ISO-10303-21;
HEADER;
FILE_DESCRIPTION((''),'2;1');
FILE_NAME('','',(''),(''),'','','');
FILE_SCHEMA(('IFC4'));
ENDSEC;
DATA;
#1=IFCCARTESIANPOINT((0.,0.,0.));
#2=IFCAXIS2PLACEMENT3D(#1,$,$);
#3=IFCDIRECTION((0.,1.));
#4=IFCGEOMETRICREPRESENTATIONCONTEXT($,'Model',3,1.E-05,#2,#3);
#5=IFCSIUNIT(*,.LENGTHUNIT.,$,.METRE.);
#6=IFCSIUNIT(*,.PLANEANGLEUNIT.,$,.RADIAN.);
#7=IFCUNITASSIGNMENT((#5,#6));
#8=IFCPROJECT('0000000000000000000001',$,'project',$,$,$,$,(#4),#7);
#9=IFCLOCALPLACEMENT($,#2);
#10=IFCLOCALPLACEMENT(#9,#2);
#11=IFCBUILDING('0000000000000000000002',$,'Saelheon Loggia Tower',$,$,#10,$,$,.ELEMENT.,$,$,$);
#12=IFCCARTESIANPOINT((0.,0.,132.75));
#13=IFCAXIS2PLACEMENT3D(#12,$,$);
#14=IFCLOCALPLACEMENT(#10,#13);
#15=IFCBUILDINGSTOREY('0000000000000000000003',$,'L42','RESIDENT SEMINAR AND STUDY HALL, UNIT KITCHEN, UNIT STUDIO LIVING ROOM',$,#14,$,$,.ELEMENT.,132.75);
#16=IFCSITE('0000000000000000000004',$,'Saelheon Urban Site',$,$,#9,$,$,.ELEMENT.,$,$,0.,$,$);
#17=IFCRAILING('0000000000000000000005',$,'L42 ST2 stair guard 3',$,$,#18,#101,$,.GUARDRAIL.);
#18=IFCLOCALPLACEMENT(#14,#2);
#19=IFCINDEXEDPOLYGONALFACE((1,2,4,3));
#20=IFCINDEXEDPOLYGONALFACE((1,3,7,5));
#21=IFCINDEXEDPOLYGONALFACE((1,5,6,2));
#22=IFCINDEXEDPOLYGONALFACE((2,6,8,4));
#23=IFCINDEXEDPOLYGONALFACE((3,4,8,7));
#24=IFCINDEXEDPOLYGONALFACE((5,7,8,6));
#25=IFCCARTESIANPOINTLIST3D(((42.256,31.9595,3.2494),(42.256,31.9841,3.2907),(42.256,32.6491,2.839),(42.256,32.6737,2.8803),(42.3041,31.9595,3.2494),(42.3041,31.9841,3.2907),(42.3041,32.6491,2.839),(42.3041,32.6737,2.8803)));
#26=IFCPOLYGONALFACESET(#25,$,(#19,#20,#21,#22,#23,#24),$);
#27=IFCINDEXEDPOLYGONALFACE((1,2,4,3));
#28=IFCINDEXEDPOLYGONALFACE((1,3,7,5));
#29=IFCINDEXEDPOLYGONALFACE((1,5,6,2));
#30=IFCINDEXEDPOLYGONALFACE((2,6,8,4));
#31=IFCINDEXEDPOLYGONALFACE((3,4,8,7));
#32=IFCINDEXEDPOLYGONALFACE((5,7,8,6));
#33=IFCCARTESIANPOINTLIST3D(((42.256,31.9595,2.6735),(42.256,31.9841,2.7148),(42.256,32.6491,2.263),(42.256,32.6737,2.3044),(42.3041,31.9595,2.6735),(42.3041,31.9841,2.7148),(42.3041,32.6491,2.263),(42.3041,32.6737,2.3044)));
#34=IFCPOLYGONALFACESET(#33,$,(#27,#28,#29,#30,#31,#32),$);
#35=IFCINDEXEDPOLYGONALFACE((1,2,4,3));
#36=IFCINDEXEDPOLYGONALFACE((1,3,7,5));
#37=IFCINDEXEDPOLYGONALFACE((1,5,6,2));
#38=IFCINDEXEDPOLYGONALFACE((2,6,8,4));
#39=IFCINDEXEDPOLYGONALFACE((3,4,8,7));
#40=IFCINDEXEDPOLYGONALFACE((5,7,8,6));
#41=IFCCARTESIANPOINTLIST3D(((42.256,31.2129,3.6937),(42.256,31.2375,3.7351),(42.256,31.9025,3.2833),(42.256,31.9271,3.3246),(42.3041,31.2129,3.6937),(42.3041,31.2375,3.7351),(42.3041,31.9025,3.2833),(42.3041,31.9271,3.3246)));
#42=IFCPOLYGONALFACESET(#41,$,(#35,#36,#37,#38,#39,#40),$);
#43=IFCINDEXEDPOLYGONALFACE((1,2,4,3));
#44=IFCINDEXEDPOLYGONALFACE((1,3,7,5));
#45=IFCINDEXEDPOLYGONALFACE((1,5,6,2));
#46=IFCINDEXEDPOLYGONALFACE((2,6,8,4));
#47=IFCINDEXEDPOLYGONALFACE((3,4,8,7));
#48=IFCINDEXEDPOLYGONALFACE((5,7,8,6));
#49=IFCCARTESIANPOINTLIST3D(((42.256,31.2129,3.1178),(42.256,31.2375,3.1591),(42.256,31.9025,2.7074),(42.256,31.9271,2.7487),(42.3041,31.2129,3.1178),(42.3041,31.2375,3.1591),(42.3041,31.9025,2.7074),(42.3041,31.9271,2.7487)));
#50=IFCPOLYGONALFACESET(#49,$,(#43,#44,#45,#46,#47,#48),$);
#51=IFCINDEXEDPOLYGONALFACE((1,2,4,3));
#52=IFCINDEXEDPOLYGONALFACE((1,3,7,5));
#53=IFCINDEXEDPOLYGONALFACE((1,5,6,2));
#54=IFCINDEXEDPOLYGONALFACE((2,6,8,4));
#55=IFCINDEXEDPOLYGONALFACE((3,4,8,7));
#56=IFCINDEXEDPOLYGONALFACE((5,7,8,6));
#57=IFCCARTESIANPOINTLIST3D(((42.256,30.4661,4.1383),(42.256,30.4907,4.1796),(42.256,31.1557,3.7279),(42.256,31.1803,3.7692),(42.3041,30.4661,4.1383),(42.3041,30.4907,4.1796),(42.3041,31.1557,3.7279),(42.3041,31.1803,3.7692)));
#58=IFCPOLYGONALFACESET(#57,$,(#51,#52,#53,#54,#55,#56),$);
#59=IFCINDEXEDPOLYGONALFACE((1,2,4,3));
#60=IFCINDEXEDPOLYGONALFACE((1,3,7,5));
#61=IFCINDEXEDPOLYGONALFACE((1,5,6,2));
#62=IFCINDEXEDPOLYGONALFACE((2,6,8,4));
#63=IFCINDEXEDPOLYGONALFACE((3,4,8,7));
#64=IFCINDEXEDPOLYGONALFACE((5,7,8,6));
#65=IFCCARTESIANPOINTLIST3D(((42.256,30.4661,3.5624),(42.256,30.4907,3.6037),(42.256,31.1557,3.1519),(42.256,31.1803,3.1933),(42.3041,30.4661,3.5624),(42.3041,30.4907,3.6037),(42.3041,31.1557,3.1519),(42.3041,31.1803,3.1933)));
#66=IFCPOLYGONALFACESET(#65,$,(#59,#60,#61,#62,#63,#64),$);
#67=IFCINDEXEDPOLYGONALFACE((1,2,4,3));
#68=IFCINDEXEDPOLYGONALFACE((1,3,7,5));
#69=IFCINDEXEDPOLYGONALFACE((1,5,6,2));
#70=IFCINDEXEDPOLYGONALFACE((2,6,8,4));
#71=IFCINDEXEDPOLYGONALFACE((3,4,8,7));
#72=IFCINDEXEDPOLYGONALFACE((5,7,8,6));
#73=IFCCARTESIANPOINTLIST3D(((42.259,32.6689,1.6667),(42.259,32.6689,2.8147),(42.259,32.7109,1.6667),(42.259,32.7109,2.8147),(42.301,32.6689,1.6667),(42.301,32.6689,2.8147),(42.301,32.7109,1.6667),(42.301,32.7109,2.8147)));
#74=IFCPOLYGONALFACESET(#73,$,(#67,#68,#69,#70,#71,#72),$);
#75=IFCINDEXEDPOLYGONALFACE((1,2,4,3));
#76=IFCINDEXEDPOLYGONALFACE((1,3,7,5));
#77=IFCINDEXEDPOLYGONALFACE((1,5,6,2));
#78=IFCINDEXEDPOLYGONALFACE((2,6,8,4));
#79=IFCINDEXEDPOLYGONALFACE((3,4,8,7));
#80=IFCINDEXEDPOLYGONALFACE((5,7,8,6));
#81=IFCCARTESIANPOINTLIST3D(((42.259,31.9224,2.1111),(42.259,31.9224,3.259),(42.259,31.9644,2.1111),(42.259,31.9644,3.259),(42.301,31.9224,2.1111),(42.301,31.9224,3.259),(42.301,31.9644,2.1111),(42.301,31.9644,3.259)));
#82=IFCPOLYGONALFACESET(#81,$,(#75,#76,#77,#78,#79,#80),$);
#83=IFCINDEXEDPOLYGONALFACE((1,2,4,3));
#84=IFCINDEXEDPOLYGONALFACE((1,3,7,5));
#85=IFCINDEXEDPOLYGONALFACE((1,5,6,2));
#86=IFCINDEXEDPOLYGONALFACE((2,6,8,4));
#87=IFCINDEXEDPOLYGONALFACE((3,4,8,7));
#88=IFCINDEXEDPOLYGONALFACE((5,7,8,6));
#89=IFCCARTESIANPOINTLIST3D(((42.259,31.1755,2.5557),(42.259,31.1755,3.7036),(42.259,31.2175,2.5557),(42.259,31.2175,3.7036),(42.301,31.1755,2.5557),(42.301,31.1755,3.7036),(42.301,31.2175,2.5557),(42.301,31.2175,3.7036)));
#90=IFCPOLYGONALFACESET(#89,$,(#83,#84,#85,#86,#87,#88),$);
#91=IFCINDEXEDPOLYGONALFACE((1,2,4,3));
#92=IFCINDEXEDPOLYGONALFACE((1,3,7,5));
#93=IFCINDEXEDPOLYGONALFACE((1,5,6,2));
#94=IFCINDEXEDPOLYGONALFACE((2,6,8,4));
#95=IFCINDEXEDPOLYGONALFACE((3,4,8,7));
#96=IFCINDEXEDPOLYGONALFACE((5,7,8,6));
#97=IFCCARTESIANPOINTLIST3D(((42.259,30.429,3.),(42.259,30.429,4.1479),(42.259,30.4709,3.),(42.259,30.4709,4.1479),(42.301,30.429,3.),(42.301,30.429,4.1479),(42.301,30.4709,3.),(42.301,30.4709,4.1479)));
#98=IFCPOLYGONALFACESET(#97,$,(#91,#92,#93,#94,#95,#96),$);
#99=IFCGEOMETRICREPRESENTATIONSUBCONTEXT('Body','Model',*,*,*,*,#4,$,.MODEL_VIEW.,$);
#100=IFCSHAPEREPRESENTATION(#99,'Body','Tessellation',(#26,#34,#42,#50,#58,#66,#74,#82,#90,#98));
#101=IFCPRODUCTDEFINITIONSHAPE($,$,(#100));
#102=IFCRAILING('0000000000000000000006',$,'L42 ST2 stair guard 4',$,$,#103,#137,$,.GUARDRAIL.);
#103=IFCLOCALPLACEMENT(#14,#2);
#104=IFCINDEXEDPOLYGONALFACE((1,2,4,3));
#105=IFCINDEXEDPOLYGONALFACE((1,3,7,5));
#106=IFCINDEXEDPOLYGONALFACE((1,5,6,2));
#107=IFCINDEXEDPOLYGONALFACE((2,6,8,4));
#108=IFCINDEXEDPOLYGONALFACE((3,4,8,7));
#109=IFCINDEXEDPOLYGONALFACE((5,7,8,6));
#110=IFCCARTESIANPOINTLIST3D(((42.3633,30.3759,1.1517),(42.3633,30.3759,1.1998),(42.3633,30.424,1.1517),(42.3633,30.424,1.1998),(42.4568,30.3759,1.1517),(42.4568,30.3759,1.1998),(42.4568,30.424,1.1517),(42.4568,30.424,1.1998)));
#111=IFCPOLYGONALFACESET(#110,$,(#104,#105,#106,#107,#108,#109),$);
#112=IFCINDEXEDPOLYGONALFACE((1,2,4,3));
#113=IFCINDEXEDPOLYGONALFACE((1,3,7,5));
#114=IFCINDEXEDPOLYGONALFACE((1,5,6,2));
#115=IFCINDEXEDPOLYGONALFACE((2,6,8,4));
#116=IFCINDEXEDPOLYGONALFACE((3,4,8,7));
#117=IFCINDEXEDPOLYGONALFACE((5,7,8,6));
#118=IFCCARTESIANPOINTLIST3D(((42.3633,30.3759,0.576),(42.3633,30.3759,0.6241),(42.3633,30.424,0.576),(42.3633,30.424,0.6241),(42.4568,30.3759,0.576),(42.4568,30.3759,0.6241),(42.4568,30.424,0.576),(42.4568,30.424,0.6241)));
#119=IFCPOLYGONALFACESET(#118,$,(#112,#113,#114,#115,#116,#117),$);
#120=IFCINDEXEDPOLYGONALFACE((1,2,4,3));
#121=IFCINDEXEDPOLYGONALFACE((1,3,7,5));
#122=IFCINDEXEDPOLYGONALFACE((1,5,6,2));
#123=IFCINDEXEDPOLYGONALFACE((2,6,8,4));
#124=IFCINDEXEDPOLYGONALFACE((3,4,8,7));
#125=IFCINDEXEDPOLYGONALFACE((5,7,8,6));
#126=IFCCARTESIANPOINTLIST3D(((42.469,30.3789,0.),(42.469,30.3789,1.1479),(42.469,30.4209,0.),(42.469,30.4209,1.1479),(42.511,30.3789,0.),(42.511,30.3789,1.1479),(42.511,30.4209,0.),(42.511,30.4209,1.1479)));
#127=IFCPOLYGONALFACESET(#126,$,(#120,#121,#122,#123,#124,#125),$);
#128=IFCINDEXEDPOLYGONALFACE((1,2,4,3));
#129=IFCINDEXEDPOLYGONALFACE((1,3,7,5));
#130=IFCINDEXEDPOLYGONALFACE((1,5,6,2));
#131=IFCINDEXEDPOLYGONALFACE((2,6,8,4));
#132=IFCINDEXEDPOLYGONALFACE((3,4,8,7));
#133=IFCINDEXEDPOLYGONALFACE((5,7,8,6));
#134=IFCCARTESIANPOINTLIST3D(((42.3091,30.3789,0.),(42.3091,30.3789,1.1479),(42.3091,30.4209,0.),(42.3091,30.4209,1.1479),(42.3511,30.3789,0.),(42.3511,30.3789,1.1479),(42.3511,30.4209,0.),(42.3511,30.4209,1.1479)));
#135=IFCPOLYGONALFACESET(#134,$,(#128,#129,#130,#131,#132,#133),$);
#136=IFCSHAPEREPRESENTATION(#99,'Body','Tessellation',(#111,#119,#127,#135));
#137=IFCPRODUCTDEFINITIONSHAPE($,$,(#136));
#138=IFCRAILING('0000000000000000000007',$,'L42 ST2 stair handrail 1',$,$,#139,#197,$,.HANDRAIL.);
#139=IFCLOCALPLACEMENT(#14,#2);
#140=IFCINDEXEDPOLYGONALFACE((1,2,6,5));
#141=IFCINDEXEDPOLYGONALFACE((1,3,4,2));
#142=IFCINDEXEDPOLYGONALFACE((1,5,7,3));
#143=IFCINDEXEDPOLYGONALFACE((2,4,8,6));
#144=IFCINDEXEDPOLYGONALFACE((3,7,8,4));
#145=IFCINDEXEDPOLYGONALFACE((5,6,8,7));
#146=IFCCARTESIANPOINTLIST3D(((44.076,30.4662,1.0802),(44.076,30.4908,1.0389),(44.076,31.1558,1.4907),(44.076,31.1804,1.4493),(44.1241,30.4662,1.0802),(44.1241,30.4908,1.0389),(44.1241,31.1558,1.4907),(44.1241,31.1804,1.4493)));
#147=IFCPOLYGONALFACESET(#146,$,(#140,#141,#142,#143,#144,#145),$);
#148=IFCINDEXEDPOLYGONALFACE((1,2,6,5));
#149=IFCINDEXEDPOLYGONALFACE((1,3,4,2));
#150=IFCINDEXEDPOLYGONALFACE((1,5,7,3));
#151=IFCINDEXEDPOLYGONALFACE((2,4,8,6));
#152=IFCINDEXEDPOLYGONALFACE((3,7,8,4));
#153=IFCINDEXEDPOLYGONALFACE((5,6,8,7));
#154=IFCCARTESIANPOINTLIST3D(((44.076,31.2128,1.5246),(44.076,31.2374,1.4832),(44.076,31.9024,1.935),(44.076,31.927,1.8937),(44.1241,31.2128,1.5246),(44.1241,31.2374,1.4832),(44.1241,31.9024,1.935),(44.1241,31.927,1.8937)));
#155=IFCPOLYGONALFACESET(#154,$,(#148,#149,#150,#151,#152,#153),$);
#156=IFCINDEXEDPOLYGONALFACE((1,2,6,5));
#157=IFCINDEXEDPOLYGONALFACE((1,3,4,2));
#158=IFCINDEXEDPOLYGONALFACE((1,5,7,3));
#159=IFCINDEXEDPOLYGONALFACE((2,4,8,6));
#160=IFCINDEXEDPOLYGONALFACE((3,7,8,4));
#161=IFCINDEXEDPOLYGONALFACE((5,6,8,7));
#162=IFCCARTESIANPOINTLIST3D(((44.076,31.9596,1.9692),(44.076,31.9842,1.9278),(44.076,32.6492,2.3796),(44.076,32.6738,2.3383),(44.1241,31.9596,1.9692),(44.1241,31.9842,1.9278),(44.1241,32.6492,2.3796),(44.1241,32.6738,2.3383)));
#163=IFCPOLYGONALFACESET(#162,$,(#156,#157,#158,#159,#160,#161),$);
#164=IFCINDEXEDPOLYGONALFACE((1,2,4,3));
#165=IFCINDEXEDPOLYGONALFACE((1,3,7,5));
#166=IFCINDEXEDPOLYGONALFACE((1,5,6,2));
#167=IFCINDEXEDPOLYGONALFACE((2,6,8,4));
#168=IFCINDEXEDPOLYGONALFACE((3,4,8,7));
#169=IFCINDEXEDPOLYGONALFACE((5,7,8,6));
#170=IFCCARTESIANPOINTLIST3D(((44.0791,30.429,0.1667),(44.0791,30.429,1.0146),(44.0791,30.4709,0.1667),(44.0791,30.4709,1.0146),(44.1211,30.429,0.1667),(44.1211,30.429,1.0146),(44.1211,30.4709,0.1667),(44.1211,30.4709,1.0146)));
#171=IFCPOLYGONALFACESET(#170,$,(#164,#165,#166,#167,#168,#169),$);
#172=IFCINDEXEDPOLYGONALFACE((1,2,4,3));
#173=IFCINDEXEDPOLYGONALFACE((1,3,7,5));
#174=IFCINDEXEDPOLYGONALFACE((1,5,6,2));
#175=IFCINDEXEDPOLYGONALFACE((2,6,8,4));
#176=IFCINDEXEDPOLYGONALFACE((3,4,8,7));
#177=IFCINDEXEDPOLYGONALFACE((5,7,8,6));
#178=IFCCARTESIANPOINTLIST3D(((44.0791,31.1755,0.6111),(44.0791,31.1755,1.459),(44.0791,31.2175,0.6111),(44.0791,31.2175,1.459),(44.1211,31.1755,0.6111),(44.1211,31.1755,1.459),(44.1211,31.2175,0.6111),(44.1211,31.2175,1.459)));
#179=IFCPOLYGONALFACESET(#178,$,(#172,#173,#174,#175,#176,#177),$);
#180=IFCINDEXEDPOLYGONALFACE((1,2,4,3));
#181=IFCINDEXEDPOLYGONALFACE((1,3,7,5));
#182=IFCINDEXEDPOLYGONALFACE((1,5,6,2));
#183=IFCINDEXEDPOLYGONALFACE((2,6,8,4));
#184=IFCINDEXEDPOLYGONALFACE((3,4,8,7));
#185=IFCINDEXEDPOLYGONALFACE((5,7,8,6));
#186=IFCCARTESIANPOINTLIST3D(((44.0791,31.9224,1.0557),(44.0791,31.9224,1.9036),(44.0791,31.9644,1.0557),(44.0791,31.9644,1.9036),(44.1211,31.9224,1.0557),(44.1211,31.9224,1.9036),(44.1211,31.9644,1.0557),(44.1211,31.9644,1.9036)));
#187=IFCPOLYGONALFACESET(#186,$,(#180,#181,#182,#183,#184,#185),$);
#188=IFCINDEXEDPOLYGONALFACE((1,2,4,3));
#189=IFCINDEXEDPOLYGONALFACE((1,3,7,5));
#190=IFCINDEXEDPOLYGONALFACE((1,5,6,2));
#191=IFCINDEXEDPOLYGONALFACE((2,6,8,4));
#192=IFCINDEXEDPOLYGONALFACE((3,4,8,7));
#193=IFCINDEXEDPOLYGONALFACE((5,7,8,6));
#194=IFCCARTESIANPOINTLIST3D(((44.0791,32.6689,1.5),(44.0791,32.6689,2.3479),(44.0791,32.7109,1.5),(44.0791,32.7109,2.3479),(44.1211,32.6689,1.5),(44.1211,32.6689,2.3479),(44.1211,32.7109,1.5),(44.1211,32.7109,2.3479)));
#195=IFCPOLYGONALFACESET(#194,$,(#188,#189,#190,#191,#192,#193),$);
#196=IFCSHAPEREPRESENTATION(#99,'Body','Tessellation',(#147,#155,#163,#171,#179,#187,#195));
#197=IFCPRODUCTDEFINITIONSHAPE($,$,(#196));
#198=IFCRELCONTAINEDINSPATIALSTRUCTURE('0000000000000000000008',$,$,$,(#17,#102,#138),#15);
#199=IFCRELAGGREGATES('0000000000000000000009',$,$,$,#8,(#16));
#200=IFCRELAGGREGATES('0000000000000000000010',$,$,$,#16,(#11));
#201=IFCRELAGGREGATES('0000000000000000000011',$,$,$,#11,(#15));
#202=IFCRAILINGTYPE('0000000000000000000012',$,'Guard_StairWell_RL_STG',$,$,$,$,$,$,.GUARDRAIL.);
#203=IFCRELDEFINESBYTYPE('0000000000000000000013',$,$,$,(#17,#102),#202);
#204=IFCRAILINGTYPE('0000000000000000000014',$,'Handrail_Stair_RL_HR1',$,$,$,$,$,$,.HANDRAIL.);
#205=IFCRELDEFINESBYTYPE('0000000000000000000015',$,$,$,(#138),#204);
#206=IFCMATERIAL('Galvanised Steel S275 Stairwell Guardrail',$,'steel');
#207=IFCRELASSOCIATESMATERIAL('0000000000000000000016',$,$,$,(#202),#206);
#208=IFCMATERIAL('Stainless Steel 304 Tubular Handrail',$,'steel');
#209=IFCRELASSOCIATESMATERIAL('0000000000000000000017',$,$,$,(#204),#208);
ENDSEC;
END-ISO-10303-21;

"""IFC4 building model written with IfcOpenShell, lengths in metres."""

from ifc_helpers import new_model, si_unit, direction, frame, origin, origin_2d, place, context, subcontext, project, spatial, rectangle, extrude, material, type_object, element, save


model = new_model("IFC4")

# Units and contexts
model_context = context("Model", 3, precision=1e-05, world=origin(), true_north=direction((0.0, 1.0)))
body_context = subcontext(model_context, "Body", "Model", "MODEL_VIEW")
ifc_project = project(units=[si_unit("LENGTHUNIT", "METRE"), si_unit("PLANEANGLEUNIT", "RADIAN")], contexts=[model_context])

# Site, building, storey
site_placement = place(None, origin())
site = spatial("IfcSite", under=ifc_project, at=site_placement, Name="Saelheon Urban Site", CompositionType="ELEMENT", RefElevation=0.0)
building_placement = place(site_placement, origin())
building = spatial("IfcBuilding", under=site, at=building_placement, Name="Saelheon Loggia Tower", CompositionType="ELEMENT")
storey_placement = place(building_placement, frame((0.0, 0.0, 132.75)))
storey = spatial("IfcBuildingStorey", under=building, at=storey_placement, Name="L42", Description="RESIDENT SEMINAR AND STUDY HALL, UNIT KITCHEN, UNIT STUDIO LIVING ROOM", CompositionType="ELEMENT", Elevation=132.75)

# Railings
ifc_material_1 = material(Name="Galvanised Steel S275 Stairwell Guardrail", Category="steel")
railing_type_1 = type_object("IfcRailingType", Name="Guard_StairWell_RL_STG", PredefinedType="GUARDRAIL", material=ifc_material_1)
railing_1_placement = place(storey_placement, frame((42.28, 32.6899, 1.6667)))
element("IfcRailing", 1, at=railing_1_placement, inside=storey, type_object=railing_type_1, Name="L42 ST2 stair guard 3", PredefinedType="GUARDRAIL", context=body_context, shape_type="SweptSolid", body=[
    extrude(rectangle(XDim=0.0481, YDim=0.0481, at=origin_2d()), frame((0.0, -0.0286, 1.1929), z_axis=(0.0, -0.859306, 0.511462), x_axis=(1.0, 0.0, 0.0)), (0.0, 0.0, 1.0), 0.8025),
    extrude(rectangle(XDim=0.0481, YDim=0.0481, at=origin_2d()), frame((0.0, -0.0286, 0.6169), z_axis=(0.0, -0.859306, 0.511462), x_axis=(1.0, 0.0, 0.0)), (0.0, 0.0, 1.0), 0.8025),
    extrude(rectangle(XDim=0.0481, YDim=0.0481, at=origin_2d()), frame((0.0, -0.7751, 1.6372), z_axis=(0.0, -0.859306, 0.511462), x_axis=(1.0, 0.0, 0.0)), (0.0, 0.0, 1.0), 0.8025),
    extrude(rectangle(XDim=0.0481, YDim=0.0481, at=origin_2d()), frame((0.0, -0.7751, 1.0613), z_axis=(0.0, -0.859306, 0.511462), x_axis=(1.0, 0.0, 0.0)), (0.0, 0.0, 1.0), 0.8025),
    extrude(rectangle(XDim=0.0481, YDim=0.0481, at=origin_2d()), frame((0.0, -1.522, 2.0818), z_axis=(0.0, -0.859306, 0.511462), x_axis=(1.0, 0.0, 0.0)), (0.0, 0.0, 1.0), 0.8025),
    extrude(rectangle(XDim=0.0481, YDim=0.0481, at=origin_2d()), frame((0.0, -1.522, 1.5059), z_axis=(0.0, -0.859306, 0.511462), x_axis=(1.0, 0.0, 0.0)), (0.0, 0.0, 1.0), 0.8025),
    extrude(rectangle(XDim=0.042, YDim=0.042, at=origin_2d()), origin(), (0.0, 0.0, 1.0), 1.1479),
    extrude(rectangle(XDim=0.042, YDim=0.042, at=origin_2d()), frame((0.0, -0.7466, 0.4443)), (0.0, 0.0, 1.0), 1.1479),
    extrude(rectangle(XDim=0.042, YDim=0.042, at=origin_2d()), frame((0.0, -1.4934, 0.8889)), (0.0, 0.0, 1.0), 1.1479),
    extrude(rectangle(XDim=0.042, YDim=0.042, at=origin_2d()), frame((0.0, -2.24, 1.3333)), (0.0, 0.0, 1.0), 1.1479),
])
railing_2_placement = place(storey_placement, frame((42.49, 30.3999, 0.0)))
element("IfcRailing", 2, at=railing_2_placement, inside=storey, type_object=railing_type_1, Name="L42 ST2 stair guard 4", PredefinedType="GUARDRAIL", context=body_context, shape_type="SweptSolid", body=[
    extrude(rectangle(XDim=0.0481, YDim=0.0481, at=origin_2d()), frame((-0.0332, 0.0, 1.1758), z_axis=(-1.0, 0.0, 0.0), x_axis=(0.0, -1.0, 0.0)), (0.0, 0.0, 1.0), 0.0935),
    extrude(rectangle(XDim=0.0481, YDim=0.0481, at=origin_2d()), frame((-0.0332, 0.0, 0.6001), z_axis=(-1.0, 0.0, 0.0), x_axis=(0.0, -1.0, 0.0)), (0.0, 0.0, 1.0), 0.0935),
    extrude(rectangle(XDim=0.042, YDim=0.042, at=origin_2d()), origin(), (0.0, 0.0, 1.0), 1.1479),
    extrude(rectangle(XDim=0.042, YDim=0.042, at=origin_2d()), frame((-0.1599, 0.0, 0.0)), (0.0, 0.0, 1.0), 1.1479),
])
ifc_material_2 = material(Name="Stainless Steel 304 Tubular Handrail", Category="steel")
railing_type_2 = type_object("IfcRailingType", Name="Handrail_Stair_RL_HR1", PredefinedType="HANDRAIL", material=ifc_material_2)
railing_3_placement = place(storey_placement, frame((44.1001, 30.45, 0.1667)))
element("IfcRailing", 3, at=railing_3_placement, inside=storey, type_object=railing_type_2, Name="L42 ST2 stair handrail 1", PredefinedType="HANDRAIL", context=body_context, shape_type="SweptSolid", body=[
    extrude(rectangle(XDim=0.0481, YDim=0.0481, at=origin_2d()), frame((0.0, 0.0286, 0.8928), z_axis=(0.0, 0.859306, 0.511462), x_axis=(-1.0, 0.0, 0.0)), (0.0, 0.0, 1.0), 0.8025),
    extrude(rectangle(XDim=0.0481, YDim=0.0481, at=origin_2d()), frame((0.0, 0.7751, 1.3372), z_axis=(0.0, 0.859306, 0.511462), x_axis=(-1.0, 0.0, 0.0)), (0.0, 0.0, 1.0), 0.8025),
    extrude(rectangle(XDim=0.0481, YDim=0.0481, at=origin_2d()), frame((0.0, 1.522, 1.7817), z_axis=(0.0, 0.859306, 0.511462), x_axis=(-1.0, 0.0, 0.0)), (0.0, 0.0, 1.0), 0.8025),
    extrude(rectangle(XDim=0.042, YDim=0.042, at=origin_2d()), origin(), (0.0, 0.0, 1.0), 0.8479),
    extrude(rectangle(XDim=0.042, YDim=0.042, at=origin_2d()), frame((0.0, 0.7466, 0.4443)), (0.0, 0.0, 1.0), 0.8479),
    extrude(rectangle(XDim=0.042, YDim=0.042, at=origin_2d()), frame((0.0, 1.4934, 0.8889)), (0.0, 0.0, 1.0), 0.8479),
    extrude(rectangle(XDim=0.042, YDim=0.042, at=origin_2d()), frame((0.0, 2.24, 1.3333)), (0.0, 0.0, 1.0), 0.8479),
])

save(model, "model.ifc")
